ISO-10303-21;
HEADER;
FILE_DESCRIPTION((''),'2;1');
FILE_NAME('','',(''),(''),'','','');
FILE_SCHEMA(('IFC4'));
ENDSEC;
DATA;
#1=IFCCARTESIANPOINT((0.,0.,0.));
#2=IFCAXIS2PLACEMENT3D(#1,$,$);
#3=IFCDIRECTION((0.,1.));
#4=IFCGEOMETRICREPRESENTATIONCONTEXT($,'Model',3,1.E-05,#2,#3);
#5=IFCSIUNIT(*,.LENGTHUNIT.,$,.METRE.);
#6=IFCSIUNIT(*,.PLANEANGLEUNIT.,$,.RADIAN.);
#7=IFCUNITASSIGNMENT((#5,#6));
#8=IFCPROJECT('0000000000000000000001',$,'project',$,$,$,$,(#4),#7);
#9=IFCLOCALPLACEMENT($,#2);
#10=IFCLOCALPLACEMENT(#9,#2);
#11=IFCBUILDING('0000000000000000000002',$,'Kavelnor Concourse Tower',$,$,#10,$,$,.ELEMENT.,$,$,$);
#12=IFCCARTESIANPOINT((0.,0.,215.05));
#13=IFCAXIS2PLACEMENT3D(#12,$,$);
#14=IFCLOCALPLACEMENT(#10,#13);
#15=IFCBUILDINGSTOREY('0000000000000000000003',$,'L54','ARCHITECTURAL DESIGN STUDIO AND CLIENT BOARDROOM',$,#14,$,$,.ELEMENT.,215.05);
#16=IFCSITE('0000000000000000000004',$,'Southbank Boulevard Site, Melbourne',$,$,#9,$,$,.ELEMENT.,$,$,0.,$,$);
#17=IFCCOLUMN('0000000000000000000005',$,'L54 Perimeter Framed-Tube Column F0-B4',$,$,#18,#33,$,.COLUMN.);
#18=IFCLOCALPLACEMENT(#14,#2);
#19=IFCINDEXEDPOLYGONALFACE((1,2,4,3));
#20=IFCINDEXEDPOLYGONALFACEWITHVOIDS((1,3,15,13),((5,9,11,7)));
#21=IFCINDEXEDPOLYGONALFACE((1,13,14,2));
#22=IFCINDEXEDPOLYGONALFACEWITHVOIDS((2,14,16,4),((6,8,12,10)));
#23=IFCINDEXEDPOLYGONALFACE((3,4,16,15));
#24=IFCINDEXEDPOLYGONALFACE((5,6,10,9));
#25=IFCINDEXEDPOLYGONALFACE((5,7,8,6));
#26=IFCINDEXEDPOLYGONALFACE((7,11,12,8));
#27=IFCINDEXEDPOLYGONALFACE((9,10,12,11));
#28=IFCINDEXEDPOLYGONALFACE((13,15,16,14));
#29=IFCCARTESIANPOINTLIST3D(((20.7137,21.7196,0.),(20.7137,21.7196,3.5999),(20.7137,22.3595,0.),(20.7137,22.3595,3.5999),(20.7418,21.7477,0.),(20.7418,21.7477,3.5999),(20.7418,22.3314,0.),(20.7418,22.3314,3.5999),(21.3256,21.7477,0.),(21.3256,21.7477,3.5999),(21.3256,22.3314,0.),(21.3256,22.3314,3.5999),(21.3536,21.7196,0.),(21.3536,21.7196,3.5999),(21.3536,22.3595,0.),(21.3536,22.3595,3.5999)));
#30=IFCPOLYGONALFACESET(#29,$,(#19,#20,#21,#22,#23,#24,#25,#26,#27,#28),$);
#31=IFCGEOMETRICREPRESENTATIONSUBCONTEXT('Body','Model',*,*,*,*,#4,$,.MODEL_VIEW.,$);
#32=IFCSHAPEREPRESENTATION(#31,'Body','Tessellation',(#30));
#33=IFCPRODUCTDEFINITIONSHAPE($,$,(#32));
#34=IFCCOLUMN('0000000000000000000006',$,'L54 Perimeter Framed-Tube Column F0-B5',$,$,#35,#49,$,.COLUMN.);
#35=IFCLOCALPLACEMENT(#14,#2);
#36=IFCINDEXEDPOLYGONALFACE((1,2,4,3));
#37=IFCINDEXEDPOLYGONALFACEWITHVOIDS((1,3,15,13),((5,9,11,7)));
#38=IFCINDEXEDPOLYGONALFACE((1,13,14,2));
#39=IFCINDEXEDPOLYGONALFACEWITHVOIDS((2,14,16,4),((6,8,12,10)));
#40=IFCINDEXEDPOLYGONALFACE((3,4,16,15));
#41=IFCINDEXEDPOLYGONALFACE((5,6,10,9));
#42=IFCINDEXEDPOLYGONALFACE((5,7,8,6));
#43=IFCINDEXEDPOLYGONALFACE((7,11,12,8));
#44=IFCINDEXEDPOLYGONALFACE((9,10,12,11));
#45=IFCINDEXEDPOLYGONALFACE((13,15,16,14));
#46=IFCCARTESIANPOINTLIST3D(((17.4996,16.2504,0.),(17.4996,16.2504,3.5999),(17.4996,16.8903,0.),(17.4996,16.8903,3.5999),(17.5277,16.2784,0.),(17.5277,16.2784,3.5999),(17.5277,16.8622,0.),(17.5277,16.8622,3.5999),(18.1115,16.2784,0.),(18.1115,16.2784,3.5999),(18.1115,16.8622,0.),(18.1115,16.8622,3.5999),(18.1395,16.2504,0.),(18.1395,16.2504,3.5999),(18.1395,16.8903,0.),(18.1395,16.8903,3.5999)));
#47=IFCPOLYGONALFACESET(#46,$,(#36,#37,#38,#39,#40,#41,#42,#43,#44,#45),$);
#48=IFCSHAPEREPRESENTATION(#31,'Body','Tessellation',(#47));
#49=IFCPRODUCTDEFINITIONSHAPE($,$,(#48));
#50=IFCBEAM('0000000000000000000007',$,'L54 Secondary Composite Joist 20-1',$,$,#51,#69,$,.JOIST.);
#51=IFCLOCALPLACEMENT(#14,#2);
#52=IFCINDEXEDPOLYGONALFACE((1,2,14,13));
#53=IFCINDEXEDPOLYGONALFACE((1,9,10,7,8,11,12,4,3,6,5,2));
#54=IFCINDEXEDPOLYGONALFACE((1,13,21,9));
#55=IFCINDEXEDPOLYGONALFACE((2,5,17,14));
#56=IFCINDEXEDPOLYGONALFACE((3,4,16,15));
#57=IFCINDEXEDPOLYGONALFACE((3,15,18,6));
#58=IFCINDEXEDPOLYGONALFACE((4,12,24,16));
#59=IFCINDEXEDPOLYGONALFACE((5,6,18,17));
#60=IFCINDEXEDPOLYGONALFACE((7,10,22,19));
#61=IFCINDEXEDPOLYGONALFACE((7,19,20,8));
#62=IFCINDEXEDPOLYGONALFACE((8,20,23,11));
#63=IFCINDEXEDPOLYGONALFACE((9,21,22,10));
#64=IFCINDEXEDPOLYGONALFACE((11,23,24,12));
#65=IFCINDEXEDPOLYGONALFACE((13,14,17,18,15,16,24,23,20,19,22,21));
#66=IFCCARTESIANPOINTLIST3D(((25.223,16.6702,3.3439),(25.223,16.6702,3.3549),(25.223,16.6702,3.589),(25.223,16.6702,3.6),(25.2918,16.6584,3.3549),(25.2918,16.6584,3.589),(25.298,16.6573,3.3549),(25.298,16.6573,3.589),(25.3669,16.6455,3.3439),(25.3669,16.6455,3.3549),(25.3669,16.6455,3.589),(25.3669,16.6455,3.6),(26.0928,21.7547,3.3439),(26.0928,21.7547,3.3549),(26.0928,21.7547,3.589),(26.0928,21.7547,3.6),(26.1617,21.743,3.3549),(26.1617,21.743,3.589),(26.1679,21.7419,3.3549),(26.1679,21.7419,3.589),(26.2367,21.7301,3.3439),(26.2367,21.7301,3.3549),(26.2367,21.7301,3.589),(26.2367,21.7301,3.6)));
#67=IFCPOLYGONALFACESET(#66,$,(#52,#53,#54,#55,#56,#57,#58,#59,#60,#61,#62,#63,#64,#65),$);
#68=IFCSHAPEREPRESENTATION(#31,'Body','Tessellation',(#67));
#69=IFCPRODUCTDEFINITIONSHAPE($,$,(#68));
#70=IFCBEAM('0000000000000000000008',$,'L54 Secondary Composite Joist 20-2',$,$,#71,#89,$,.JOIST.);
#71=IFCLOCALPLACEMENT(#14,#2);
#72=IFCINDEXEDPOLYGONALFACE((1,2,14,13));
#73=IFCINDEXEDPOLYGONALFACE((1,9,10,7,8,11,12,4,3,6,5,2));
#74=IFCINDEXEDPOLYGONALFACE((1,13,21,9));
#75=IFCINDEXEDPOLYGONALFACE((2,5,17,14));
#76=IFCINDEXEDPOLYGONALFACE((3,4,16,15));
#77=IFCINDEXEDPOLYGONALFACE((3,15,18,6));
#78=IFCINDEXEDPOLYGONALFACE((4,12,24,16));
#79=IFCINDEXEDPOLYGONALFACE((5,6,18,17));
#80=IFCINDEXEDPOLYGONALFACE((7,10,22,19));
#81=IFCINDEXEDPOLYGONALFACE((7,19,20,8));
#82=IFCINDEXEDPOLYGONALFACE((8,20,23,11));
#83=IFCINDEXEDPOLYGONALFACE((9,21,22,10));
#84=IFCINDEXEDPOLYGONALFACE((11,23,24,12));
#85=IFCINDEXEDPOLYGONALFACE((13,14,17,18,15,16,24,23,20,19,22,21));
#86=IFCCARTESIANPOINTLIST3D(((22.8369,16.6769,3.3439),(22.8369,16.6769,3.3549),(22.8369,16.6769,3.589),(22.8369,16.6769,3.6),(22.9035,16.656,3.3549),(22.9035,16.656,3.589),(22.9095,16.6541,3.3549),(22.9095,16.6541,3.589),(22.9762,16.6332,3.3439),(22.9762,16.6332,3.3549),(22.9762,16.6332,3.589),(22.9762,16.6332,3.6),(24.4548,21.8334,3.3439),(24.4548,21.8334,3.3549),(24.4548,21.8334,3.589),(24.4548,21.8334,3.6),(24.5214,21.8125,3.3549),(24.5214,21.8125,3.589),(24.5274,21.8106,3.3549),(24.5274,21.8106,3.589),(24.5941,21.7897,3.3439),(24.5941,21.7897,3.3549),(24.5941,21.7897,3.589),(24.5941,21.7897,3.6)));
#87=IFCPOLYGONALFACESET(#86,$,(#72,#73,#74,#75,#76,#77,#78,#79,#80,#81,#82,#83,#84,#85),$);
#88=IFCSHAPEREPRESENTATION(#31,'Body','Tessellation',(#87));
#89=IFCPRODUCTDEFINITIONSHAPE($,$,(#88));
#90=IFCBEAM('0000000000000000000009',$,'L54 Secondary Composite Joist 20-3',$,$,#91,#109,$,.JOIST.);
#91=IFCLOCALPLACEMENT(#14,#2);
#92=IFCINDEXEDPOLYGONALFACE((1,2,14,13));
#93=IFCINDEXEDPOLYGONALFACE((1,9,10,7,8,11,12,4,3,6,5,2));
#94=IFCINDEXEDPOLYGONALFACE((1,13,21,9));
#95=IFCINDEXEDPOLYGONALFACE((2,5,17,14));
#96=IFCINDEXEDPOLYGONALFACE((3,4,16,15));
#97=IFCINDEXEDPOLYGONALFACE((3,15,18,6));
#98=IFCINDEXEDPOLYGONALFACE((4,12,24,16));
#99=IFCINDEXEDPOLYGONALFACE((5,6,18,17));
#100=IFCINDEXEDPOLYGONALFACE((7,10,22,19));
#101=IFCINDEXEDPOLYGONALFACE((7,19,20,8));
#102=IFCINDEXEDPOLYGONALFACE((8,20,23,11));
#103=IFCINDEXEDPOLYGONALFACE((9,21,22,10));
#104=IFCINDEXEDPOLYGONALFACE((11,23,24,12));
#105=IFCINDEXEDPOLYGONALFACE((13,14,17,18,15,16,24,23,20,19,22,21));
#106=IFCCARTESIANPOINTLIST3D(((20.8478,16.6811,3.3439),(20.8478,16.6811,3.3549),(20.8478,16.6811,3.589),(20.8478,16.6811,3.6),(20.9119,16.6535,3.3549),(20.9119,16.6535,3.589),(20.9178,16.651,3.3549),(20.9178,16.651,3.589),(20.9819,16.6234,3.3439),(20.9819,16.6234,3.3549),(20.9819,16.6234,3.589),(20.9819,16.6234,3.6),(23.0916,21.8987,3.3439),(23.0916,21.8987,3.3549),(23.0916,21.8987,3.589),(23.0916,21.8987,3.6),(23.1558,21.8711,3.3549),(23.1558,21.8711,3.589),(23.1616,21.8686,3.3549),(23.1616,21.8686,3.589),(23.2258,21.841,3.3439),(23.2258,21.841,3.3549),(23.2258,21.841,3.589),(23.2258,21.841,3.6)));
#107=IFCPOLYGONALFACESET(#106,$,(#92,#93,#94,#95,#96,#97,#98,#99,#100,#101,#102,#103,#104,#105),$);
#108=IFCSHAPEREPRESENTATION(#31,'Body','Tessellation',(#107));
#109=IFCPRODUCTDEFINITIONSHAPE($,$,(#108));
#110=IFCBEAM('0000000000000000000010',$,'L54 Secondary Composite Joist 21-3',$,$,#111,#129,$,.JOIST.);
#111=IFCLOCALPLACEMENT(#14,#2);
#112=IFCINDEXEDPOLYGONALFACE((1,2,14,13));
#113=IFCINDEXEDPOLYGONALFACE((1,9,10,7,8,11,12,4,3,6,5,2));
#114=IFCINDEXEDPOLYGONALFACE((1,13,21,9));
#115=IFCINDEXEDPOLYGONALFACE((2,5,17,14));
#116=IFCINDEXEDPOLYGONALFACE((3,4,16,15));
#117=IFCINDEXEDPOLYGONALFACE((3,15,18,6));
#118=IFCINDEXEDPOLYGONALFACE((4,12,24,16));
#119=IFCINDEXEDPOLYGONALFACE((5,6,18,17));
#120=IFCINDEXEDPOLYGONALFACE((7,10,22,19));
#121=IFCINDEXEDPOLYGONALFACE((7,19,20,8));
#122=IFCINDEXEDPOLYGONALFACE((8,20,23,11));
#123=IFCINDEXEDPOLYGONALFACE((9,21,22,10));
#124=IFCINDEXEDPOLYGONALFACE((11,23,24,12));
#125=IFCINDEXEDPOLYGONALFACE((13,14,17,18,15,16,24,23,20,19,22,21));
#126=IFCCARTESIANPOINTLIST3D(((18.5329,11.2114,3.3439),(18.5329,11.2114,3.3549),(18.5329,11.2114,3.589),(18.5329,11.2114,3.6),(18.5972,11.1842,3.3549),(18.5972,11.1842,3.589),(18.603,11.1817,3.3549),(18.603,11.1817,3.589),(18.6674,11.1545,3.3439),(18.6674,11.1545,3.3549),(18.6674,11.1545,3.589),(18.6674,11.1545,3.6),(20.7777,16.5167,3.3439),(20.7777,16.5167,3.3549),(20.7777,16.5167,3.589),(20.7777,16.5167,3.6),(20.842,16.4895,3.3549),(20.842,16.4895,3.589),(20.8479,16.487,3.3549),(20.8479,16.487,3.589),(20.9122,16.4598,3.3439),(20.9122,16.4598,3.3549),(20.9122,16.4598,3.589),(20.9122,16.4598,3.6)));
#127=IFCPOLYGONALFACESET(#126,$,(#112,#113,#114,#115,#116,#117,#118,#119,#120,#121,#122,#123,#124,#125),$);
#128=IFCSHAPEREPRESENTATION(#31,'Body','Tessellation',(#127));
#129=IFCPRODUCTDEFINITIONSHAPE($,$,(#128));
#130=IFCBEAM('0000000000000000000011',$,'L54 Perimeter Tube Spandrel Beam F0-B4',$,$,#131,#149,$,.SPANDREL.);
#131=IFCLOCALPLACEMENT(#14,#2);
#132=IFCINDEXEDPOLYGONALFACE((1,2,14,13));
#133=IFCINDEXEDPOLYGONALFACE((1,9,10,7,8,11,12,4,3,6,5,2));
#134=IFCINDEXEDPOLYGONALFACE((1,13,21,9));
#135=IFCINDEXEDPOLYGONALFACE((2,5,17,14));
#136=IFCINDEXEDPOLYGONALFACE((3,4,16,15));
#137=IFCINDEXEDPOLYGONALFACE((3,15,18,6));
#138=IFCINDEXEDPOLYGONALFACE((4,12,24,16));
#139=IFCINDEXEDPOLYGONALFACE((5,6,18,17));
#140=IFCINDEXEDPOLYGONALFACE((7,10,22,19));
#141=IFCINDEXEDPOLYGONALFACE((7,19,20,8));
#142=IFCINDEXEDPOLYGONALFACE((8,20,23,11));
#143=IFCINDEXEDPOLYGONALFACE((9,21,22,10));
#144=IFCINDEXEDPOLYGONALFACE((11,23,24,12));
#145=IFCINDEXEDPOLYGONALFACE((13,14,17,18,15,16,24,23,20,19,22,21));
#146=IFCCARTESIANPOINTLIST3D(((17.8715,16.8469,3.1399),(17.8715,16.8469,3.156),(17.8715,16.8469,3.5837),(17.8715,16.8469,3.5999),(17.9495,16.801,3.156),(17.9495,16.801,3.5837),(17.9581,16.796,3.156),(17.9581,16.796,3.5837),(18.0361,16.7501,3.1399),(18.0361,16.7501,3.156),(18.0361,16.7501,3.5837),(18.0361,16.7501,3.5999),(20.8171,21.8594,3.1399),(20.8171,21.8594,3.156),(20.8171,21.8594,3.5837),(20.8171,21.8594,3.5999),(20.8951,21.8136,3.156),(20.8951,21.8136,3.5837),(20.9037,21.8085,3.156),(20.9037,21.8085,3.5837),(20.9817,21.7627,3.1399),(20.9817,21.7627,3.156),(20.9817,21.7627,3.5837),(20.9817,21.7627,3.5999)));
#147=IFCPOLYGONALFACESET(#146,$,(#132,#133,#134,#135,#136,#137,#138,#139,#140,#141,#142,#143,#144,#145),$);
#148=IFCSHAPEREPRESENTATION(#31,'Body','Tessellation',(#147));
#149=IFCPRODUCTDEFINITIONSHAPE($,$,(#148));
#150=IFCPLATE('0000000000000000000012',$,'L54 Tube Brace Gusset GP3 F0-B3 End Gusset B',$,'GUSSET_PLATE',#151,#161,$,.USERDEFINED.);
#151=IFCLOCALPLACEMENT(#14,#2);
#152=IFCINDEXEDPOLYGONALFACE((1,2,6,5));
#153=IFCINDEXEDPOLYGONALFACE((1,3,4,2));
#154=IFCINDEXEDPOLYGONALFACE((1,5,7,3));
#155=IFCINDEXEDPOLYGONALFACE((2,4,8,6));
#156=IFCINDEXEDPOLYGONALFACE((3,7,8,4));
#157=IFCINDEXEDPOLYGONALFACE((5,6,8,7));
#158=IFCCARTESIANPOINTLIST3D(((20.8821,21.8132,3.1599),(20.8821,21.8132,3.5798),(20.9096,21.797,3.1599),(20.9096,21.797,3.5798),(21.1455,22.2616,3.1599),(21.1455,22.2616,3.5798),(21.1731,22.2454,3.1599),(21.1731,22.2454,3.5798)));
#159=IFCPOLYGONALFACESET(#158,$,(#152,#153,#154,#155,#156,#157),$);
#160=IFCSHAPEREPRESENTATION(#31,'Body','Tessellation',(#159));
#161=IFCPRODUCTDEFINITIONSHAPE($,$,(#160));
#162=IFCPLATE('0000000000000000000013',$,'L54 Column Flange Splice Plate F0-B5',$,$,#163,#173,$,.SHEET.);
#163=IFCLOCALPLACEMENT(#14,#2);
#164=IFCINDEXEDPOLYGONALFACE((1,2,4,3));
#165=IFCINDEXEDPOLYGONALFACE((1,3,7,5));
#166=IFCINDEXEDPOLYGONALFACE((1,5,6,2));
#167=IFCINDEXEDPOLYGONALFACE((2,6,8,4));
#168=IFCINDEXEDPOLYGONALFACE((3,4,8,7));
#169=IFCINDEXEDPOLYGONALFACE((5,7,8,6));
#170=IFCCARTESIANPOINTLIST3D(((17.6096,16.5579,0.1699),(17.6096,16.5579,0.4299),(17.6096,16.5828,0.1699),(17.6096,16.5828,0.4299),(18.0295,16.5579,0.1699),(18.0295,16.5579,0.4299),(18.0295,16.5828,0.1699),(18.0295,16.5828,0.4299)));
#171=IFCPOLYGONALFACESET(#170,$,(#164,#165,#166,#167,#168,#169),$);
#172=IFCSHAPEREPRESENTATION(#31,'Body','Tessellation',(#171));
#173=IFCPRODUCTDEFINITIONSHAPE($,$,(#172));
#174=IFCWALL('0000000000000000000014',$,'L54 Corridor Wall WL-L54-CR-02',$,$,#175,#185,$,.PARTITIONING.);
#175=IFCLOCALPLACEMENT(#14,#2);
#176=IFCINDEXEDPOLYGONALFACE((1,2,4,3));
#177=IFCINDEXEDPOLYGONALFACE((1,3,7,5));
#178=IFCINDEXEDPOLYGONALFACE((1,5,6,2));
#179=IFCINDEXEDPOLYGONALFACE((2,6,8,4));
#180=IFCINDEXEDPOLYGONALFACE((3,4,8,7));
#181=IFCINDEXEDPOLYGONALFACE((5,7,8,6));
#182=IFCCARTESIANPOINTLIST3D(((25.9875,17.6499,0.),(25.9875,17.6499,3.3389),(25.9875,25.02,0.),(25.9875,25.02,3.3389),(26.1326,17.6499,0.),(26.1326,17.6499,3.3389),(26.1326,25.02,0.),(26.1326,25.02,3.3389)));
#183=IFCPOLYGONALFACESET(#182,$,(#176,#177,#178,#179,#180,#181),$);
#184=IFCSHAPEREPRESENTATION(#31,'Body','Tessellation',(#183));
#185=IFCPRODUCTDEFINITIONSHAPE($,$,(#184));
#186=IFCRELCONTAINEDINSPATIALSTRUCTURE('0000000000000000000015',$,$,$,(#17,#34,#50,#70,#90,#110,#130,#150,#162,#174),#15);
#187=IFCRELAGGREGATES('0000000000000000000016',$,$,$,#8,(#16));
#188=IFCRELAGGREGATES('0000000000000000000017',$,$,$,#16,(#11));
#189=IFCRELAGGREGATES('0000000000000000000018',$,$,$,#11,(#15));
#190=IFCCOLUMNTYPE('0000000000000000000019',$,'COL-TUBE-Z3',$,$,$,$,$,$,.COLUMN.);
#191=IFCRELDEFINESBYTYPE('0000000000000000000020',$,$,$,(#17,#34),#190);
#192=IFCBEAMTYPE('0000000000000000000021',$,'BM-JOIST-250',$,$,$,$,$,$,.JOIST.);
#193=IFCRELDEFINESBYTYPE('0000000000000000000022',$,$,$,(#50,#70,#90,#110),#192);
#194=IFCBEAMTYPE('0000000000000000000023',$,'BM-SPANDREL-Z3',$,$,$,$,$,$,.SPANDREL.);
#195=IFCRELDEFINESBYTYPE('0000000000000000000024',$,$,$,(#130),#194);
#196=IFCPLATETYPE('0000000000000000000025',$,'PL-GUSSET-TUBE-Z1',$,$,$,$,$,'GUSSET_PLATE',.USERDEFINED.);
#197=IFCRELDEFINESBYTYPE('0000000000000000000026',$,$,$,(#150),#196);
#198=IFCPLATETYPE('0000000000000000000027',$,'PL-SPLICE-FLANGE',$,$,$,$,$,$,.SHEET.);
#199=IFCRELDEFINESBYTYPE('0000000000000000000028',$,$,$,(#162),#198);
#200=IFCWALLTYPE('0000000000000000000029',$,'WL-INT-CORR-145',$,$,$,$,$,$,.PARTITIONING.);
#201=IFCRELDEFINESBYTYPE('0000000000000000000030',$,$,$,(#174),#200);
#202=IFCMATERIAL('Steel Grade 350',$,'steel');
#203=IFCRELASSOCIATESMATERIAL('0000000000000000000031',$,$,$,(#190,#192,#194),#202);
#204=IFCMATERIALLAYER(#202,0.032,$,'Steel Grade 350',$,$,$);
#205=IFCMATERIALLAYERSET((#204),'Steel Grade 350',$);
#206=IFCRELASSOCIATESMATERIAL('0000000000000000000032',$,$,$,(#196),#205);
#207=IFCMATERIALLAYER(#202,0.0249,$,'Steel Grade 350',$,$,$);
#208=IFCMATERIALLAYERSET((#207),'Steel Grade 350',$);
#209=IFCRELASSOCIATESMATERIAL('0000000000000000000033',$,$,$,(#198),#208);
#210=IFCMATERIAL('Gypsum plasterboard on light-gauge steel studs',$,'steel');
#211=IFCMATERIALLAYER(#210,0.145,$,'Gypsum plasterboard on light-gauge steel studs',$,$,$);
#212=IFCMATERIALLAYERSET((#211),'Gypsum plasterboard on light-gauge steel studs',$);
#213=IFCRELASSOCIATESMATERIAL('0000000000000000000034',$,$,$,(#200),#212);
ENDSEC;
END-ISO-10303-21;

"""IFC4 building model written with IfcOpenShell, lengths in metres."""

from ifc_helpers import new_model, si_unit, direction, frame, frame_2d, origin, origin_2d, place, context, subcontext, project, spatial, rectangle, hollow_rectangle, i_section, extrude, material, layer, layer_set, material_profile, profile_set, type_object, element, save


model = new_model("IFC4")

# Units and contexts
model_context = context("Model", 3, precision=1e-05, world=origin(), true_north=direction((0.0, 1.0)))
body_context = subcontext(model_context, "Body", "Model", "MODEL_VIEW")
ifc_project = project(units=[si_unit("LENGTHUNIT", "METRE"), si_unit("PLANEANGLEUNIT", "RADIAN")], contexts=[model_context])

# Site, building, storey
site_placement = place(None, origin())
site = spatial("IfcSite", under=ifc_project, at=site_placement, Name="Southbank Boulevard Site, Melbourne", CompositionType="ELEMENT", RefElevation=0.0)
building_placement = place(site_placement, origin())
building = spatial("IfcBuilding", under=site, at=building_placement, Name="Kavelnor Concourse Tower", CompositionType="ELEMENT")
storey_placement = place(building_placement, frame((0.0, 0.0, 215.05)))
storey = spatial("IfcBuildingStorey", under=building, at=storey_placement, Name="L54", Description="ARCHITECTURAL DESIGN STUDIO AND CLIENT BOARDROOM", CompositionType="ELEMENT", Elevation=215.05)

# Columns
ifc_material_1 = material(Name="Steel Grade 350", Category="steel")
ifc_material_profile_1 = material_profile(ifc_material_1, hollow_rectangle(XDim=0.6399, YDim=0.6399, WallThickness=0.0281, at=origin_2d()), Name="SHS 640x640x28")
ifc_profile_set_1 = profile_set([ifc_material_profile_1], Name="Steel Grade 350")
column_type = type_object("IfcColumnType", Name="COL-TUBE-Z3", PredefinedType="COLUMN", material=ifc_profile_set_1)
for number, where, z_axis, x_axis, name in (
    (1, (21.0337, 22.0396, 0.0), (0.0, 0.0, 1.0), (1.0, 0.0, 0.0), "L54 Perimeter Framed-Tube Column F0-B4"),
    (2, (17.8196, 16.5703, 0.0), (0.0, 0.0, 1.0), (1.0, 0.0, 0.0), "L54 Perimeter Framed-Tube Column F0-B5"),
):
    element("IfcColumn", number, at=place(storey_placement, frame(where, z_axis=z_axis, x_axis=x_axis)), inside=storey, type_object=column_type, Name=name, PredefinedType="COLUMN", context=body_context, shape_type="SweptSolid", body=[
        extrude(hollow_rectangle(XDim=0.6399, YDim=0.6399, WallThickness=0.0281, at=origin_2d()), origin(), (0.0, 0.0, 1.0), 3.5999),
    ])

# Beams
ifc_material_profile_2 = material_profile(ifc_material_1, i_section(OverallWidth=0.146, OverallDepth=0.2561, WebThickness=0.0063, FlangeThickness=0.011, at=origin_2d()), Name="250UB37")
ifc_profile_set_2 = profile_set([ifc_material_profile_2], Name="Steel Grade 350")
beam_type_1 = type_object("IfcBeamType", Name="BM-JOIST-250", PredefinedType="JOIST", material=ifc_profile_set_2)
beam_1_placement = place(storey_placement, frame((26.1648, 21.7424, 3.4719), z_axis=(-0.168634, -0.985679, 0.0), x_axis=(0.985679, -0.168634, 0.0)))
element("IfcBeam", 3, at=beam_1_placement, inside=storey, type_object=beam_type_1, Name="L54 Secondary Composite Joist 20-1", PredefinedType="JOIST", context=body_context, shape_type="SweptSolid", body=[
    extrude(i_section(OverallWidth=0.146, OverallDepth=0.2561, WebThickness=0.0063, FlangeThickness=0.011, at=origin_2d()), origin(), (0.0, 0.0, 1.0), 5.1584),
])
beam_2_placement = place(storey_placement, frame((24.5244, 21.8115, 3.4719), z_axis=(-0.299373, -0.954136, 0.0), x_axis=(0.954136, -0.299373, 0.0)))
element("IfcBeam", 4, at=beam_2_placement, inside=storey, type_object=beam_type_1, Name="L54 Secondary Composite Joist 20-2", PredefinedType="JOIST", context=body_context, shape_type="SweptSolid", body=[
    extrude(i_section(OverallWidth=0.146, OverallDepth=0.2561, WebThickness=0.0063, FlangeThickness=0.011, at=origin_2d()), origin(), (0.0, 0.0, 1.0), 5.4043),
])
beam_3_placement = place(storey_placement, frame((23.1587, 21.8699, 3.4719), z_axis=(-0.395065, -0.918653, 0.0), x_axis=(0.918653, -0.395065, 0.0)))
element("IfcBeam", 5, at=beam_3_placement, inside=storey, type_object=beam_type_1, Name="L54 Secondary Composite Joist 20-3", PredefinedType="JOIST", context=body_context, shape_type="SweptSolid", body=[
    extrude(i_section(OverallWidth=0.146, OverallDepth=0.2561, WebThickness=0.0063, FlangeThickness=0.011, at=origin_2d()), origin(), (0.0, 0.0, 1.0), 5.6797),
])
beam_4_placement = place(storey_placement, frame((20.845, 16.4883, 3.4719), z_axis=(-0.38968, -0.92095, 0.0), x_axis=(0.92095, -0.38968, 0.0)))
element("IfcBeam", 6, at=beam_4_placement, inside=storey, type_object=beam_type_1, Name="L54 Secondary Composite Joist 21-3", PredefinedType="JOIST", context=body_context, shape_type="SweptSolid", body=[
    extrude(i_section(OverallWidth=0.146, OverallDepth=0.2561, WebThickness=0.0063, FlangeThickness=0.011, at=origin_2d()), origin(), (0.0, 0.0, 1.0), 5.7607),
])
ifc_material_profile_3 = material_profile(ifc_material_1, i_section(OverallWidth=0.1909, OverallDepth=0.46, WebThickness=0.01, FlangeThickness=0.0161, at=origin_2d()), Name="460UB82")
ifc_profile_set_3 = profile_set([ifc_material_profile_3], Name="Steel Grade 350")
beam_type_2 = type_object("IfcBeamType", Name="BM-SPANDREL-Z3", PredefinedType="SPANDREL", material=ifc_profile_set_3)
beam_5_placement = place(storey_placement, frame((20.8994, 21.811, 3.3699), z_axis=(-0.506644, -0.862155, 0.0), x_axis=(0.862155, -0.506644, 0.0)))
element("IfcBeam", 7, at=beam_5_placement, inside=storey, type_object=beam_type_2, Name="L54 Perimeter Tube Spandrel Beam F0-B4", PredefinedType="SPANDREL", context=body_context, shape_type="SweptSolid", body=[
    extrude(i_section(OverallWidth=0.1909, OverallDepth=0.46, WebThickness=0.01, FlangeThickness=0.0161, at=origin_2d()), origin(), (0.0, 0.0, 1.0), 5.814),
])

# Plates
ifc_layer_1 = layer(ifc_material_1, 0.032, Name="Steel Grade 350")
ifc_layer_set_1 = layer_set([ifc_layer_1], Name="Steel Grade 350")
plate_type_1 = type_object("IfcPlateType", Name="PL-GUSSET-TUBE-Z1", ElementType="GUSSET_PLATE", PredefinedType="USERDEFINED", material=ifc_layer_set_1)
plate_1_placement = place(storey_placement, frame((21.0276, 22.0293, 3.1599), z_axis=(0.0, 0.0, 1.0), x_axis=(-0.506636, -0.86216, 0.0)))
element("IfcPlate", 8, at=plate_1_placement, inside=storey, type_object=plate_type_1, Name="L54 Tube Brace Gusset GP3 F0-B3 End Gusset B", ObjectType="GUSSET_PLATE", PredefinedType="USERDEFINED", context=body_context, shape_type="SweptSolid", body=[
    extrude(rectangle(XDim=0.52, YDim=0.032, at=origin_2d()), origin(), (0.0, 0.0, 1.0), 0.4199),
])
ifc_layer_2 = layer(ifc_material_1, 0.0249, Name="Steel Grade 350")
ifc_layer_set_2 = layer_set([ifc_layer_2], Name="Steel Grade 350")
plate_type_2 = type_object("IfcPlateType", Name="PL-SPLICE-FLANGE", PredefinedType="SHEET", material=ifc_layer_set_2)
plate_2_placement = place(storey_placement, frame((17.8196, 16.5703, 0.1699), z_axis=(0.0, 0.0, 1.0), x_axis=(1.0, 0.0, 0.0)))
element("IfcPlate", 9, at=plate_2_placement, inside=storey, type_object=plate_type_2, Name="L54 Column Flange Splice Plate F0-B5", PredefinedType="SHEET", context=body_context, shape_type="SweptSolid", body=[
    extrude(rectangle(XDim=0.4199, YDim=0.0249, at=origin_2d()), origin(), (0.0, 0.0, 1.0), 0.26),
])

# Wall
ifc_material_2 = material(Name="Gypsum plasterboard on light-gauge steel studs", Category="steel")
ifc_layer_3 = layer(ifc_material_2, 0.145, Name="Gypsum plasterboard on light-gauge steel studs")
ifc_layer_set_3 = layer_set([ifc_layer_3], Name="Gypsum plasterboard on light-gauge steel studs")
wall_type_1 = type_object("IfcWallType", Name="WL-INT-CORR-145", PredefinedType="PARTITIONING", material=ifc_layer_set_3)
wall_1_placement = place(storey_placement, frame((26.0601, 17.6499, 0.0), z_axis=(0.0, 0.0, 1.0), x_axis=(0.0, 1.0, 0.0)))
element("IfcWall", 10, at=wall_1_placement, inside=storey, type_object=wall_type_1, Name="L54 Corridor Wall WL-L54-CR-02", PredefinedType="PARTITIONING", context=body_context, shape_type="SweptSolid", body=[
    extrude(rectangle(XDim=7.3701, YDim=0.145, at=frame_2d((3.6851, 0.0))), origin(), (0.0, 0.0, 1.0), 3.3389),
])

save(model, "model.ifc")
